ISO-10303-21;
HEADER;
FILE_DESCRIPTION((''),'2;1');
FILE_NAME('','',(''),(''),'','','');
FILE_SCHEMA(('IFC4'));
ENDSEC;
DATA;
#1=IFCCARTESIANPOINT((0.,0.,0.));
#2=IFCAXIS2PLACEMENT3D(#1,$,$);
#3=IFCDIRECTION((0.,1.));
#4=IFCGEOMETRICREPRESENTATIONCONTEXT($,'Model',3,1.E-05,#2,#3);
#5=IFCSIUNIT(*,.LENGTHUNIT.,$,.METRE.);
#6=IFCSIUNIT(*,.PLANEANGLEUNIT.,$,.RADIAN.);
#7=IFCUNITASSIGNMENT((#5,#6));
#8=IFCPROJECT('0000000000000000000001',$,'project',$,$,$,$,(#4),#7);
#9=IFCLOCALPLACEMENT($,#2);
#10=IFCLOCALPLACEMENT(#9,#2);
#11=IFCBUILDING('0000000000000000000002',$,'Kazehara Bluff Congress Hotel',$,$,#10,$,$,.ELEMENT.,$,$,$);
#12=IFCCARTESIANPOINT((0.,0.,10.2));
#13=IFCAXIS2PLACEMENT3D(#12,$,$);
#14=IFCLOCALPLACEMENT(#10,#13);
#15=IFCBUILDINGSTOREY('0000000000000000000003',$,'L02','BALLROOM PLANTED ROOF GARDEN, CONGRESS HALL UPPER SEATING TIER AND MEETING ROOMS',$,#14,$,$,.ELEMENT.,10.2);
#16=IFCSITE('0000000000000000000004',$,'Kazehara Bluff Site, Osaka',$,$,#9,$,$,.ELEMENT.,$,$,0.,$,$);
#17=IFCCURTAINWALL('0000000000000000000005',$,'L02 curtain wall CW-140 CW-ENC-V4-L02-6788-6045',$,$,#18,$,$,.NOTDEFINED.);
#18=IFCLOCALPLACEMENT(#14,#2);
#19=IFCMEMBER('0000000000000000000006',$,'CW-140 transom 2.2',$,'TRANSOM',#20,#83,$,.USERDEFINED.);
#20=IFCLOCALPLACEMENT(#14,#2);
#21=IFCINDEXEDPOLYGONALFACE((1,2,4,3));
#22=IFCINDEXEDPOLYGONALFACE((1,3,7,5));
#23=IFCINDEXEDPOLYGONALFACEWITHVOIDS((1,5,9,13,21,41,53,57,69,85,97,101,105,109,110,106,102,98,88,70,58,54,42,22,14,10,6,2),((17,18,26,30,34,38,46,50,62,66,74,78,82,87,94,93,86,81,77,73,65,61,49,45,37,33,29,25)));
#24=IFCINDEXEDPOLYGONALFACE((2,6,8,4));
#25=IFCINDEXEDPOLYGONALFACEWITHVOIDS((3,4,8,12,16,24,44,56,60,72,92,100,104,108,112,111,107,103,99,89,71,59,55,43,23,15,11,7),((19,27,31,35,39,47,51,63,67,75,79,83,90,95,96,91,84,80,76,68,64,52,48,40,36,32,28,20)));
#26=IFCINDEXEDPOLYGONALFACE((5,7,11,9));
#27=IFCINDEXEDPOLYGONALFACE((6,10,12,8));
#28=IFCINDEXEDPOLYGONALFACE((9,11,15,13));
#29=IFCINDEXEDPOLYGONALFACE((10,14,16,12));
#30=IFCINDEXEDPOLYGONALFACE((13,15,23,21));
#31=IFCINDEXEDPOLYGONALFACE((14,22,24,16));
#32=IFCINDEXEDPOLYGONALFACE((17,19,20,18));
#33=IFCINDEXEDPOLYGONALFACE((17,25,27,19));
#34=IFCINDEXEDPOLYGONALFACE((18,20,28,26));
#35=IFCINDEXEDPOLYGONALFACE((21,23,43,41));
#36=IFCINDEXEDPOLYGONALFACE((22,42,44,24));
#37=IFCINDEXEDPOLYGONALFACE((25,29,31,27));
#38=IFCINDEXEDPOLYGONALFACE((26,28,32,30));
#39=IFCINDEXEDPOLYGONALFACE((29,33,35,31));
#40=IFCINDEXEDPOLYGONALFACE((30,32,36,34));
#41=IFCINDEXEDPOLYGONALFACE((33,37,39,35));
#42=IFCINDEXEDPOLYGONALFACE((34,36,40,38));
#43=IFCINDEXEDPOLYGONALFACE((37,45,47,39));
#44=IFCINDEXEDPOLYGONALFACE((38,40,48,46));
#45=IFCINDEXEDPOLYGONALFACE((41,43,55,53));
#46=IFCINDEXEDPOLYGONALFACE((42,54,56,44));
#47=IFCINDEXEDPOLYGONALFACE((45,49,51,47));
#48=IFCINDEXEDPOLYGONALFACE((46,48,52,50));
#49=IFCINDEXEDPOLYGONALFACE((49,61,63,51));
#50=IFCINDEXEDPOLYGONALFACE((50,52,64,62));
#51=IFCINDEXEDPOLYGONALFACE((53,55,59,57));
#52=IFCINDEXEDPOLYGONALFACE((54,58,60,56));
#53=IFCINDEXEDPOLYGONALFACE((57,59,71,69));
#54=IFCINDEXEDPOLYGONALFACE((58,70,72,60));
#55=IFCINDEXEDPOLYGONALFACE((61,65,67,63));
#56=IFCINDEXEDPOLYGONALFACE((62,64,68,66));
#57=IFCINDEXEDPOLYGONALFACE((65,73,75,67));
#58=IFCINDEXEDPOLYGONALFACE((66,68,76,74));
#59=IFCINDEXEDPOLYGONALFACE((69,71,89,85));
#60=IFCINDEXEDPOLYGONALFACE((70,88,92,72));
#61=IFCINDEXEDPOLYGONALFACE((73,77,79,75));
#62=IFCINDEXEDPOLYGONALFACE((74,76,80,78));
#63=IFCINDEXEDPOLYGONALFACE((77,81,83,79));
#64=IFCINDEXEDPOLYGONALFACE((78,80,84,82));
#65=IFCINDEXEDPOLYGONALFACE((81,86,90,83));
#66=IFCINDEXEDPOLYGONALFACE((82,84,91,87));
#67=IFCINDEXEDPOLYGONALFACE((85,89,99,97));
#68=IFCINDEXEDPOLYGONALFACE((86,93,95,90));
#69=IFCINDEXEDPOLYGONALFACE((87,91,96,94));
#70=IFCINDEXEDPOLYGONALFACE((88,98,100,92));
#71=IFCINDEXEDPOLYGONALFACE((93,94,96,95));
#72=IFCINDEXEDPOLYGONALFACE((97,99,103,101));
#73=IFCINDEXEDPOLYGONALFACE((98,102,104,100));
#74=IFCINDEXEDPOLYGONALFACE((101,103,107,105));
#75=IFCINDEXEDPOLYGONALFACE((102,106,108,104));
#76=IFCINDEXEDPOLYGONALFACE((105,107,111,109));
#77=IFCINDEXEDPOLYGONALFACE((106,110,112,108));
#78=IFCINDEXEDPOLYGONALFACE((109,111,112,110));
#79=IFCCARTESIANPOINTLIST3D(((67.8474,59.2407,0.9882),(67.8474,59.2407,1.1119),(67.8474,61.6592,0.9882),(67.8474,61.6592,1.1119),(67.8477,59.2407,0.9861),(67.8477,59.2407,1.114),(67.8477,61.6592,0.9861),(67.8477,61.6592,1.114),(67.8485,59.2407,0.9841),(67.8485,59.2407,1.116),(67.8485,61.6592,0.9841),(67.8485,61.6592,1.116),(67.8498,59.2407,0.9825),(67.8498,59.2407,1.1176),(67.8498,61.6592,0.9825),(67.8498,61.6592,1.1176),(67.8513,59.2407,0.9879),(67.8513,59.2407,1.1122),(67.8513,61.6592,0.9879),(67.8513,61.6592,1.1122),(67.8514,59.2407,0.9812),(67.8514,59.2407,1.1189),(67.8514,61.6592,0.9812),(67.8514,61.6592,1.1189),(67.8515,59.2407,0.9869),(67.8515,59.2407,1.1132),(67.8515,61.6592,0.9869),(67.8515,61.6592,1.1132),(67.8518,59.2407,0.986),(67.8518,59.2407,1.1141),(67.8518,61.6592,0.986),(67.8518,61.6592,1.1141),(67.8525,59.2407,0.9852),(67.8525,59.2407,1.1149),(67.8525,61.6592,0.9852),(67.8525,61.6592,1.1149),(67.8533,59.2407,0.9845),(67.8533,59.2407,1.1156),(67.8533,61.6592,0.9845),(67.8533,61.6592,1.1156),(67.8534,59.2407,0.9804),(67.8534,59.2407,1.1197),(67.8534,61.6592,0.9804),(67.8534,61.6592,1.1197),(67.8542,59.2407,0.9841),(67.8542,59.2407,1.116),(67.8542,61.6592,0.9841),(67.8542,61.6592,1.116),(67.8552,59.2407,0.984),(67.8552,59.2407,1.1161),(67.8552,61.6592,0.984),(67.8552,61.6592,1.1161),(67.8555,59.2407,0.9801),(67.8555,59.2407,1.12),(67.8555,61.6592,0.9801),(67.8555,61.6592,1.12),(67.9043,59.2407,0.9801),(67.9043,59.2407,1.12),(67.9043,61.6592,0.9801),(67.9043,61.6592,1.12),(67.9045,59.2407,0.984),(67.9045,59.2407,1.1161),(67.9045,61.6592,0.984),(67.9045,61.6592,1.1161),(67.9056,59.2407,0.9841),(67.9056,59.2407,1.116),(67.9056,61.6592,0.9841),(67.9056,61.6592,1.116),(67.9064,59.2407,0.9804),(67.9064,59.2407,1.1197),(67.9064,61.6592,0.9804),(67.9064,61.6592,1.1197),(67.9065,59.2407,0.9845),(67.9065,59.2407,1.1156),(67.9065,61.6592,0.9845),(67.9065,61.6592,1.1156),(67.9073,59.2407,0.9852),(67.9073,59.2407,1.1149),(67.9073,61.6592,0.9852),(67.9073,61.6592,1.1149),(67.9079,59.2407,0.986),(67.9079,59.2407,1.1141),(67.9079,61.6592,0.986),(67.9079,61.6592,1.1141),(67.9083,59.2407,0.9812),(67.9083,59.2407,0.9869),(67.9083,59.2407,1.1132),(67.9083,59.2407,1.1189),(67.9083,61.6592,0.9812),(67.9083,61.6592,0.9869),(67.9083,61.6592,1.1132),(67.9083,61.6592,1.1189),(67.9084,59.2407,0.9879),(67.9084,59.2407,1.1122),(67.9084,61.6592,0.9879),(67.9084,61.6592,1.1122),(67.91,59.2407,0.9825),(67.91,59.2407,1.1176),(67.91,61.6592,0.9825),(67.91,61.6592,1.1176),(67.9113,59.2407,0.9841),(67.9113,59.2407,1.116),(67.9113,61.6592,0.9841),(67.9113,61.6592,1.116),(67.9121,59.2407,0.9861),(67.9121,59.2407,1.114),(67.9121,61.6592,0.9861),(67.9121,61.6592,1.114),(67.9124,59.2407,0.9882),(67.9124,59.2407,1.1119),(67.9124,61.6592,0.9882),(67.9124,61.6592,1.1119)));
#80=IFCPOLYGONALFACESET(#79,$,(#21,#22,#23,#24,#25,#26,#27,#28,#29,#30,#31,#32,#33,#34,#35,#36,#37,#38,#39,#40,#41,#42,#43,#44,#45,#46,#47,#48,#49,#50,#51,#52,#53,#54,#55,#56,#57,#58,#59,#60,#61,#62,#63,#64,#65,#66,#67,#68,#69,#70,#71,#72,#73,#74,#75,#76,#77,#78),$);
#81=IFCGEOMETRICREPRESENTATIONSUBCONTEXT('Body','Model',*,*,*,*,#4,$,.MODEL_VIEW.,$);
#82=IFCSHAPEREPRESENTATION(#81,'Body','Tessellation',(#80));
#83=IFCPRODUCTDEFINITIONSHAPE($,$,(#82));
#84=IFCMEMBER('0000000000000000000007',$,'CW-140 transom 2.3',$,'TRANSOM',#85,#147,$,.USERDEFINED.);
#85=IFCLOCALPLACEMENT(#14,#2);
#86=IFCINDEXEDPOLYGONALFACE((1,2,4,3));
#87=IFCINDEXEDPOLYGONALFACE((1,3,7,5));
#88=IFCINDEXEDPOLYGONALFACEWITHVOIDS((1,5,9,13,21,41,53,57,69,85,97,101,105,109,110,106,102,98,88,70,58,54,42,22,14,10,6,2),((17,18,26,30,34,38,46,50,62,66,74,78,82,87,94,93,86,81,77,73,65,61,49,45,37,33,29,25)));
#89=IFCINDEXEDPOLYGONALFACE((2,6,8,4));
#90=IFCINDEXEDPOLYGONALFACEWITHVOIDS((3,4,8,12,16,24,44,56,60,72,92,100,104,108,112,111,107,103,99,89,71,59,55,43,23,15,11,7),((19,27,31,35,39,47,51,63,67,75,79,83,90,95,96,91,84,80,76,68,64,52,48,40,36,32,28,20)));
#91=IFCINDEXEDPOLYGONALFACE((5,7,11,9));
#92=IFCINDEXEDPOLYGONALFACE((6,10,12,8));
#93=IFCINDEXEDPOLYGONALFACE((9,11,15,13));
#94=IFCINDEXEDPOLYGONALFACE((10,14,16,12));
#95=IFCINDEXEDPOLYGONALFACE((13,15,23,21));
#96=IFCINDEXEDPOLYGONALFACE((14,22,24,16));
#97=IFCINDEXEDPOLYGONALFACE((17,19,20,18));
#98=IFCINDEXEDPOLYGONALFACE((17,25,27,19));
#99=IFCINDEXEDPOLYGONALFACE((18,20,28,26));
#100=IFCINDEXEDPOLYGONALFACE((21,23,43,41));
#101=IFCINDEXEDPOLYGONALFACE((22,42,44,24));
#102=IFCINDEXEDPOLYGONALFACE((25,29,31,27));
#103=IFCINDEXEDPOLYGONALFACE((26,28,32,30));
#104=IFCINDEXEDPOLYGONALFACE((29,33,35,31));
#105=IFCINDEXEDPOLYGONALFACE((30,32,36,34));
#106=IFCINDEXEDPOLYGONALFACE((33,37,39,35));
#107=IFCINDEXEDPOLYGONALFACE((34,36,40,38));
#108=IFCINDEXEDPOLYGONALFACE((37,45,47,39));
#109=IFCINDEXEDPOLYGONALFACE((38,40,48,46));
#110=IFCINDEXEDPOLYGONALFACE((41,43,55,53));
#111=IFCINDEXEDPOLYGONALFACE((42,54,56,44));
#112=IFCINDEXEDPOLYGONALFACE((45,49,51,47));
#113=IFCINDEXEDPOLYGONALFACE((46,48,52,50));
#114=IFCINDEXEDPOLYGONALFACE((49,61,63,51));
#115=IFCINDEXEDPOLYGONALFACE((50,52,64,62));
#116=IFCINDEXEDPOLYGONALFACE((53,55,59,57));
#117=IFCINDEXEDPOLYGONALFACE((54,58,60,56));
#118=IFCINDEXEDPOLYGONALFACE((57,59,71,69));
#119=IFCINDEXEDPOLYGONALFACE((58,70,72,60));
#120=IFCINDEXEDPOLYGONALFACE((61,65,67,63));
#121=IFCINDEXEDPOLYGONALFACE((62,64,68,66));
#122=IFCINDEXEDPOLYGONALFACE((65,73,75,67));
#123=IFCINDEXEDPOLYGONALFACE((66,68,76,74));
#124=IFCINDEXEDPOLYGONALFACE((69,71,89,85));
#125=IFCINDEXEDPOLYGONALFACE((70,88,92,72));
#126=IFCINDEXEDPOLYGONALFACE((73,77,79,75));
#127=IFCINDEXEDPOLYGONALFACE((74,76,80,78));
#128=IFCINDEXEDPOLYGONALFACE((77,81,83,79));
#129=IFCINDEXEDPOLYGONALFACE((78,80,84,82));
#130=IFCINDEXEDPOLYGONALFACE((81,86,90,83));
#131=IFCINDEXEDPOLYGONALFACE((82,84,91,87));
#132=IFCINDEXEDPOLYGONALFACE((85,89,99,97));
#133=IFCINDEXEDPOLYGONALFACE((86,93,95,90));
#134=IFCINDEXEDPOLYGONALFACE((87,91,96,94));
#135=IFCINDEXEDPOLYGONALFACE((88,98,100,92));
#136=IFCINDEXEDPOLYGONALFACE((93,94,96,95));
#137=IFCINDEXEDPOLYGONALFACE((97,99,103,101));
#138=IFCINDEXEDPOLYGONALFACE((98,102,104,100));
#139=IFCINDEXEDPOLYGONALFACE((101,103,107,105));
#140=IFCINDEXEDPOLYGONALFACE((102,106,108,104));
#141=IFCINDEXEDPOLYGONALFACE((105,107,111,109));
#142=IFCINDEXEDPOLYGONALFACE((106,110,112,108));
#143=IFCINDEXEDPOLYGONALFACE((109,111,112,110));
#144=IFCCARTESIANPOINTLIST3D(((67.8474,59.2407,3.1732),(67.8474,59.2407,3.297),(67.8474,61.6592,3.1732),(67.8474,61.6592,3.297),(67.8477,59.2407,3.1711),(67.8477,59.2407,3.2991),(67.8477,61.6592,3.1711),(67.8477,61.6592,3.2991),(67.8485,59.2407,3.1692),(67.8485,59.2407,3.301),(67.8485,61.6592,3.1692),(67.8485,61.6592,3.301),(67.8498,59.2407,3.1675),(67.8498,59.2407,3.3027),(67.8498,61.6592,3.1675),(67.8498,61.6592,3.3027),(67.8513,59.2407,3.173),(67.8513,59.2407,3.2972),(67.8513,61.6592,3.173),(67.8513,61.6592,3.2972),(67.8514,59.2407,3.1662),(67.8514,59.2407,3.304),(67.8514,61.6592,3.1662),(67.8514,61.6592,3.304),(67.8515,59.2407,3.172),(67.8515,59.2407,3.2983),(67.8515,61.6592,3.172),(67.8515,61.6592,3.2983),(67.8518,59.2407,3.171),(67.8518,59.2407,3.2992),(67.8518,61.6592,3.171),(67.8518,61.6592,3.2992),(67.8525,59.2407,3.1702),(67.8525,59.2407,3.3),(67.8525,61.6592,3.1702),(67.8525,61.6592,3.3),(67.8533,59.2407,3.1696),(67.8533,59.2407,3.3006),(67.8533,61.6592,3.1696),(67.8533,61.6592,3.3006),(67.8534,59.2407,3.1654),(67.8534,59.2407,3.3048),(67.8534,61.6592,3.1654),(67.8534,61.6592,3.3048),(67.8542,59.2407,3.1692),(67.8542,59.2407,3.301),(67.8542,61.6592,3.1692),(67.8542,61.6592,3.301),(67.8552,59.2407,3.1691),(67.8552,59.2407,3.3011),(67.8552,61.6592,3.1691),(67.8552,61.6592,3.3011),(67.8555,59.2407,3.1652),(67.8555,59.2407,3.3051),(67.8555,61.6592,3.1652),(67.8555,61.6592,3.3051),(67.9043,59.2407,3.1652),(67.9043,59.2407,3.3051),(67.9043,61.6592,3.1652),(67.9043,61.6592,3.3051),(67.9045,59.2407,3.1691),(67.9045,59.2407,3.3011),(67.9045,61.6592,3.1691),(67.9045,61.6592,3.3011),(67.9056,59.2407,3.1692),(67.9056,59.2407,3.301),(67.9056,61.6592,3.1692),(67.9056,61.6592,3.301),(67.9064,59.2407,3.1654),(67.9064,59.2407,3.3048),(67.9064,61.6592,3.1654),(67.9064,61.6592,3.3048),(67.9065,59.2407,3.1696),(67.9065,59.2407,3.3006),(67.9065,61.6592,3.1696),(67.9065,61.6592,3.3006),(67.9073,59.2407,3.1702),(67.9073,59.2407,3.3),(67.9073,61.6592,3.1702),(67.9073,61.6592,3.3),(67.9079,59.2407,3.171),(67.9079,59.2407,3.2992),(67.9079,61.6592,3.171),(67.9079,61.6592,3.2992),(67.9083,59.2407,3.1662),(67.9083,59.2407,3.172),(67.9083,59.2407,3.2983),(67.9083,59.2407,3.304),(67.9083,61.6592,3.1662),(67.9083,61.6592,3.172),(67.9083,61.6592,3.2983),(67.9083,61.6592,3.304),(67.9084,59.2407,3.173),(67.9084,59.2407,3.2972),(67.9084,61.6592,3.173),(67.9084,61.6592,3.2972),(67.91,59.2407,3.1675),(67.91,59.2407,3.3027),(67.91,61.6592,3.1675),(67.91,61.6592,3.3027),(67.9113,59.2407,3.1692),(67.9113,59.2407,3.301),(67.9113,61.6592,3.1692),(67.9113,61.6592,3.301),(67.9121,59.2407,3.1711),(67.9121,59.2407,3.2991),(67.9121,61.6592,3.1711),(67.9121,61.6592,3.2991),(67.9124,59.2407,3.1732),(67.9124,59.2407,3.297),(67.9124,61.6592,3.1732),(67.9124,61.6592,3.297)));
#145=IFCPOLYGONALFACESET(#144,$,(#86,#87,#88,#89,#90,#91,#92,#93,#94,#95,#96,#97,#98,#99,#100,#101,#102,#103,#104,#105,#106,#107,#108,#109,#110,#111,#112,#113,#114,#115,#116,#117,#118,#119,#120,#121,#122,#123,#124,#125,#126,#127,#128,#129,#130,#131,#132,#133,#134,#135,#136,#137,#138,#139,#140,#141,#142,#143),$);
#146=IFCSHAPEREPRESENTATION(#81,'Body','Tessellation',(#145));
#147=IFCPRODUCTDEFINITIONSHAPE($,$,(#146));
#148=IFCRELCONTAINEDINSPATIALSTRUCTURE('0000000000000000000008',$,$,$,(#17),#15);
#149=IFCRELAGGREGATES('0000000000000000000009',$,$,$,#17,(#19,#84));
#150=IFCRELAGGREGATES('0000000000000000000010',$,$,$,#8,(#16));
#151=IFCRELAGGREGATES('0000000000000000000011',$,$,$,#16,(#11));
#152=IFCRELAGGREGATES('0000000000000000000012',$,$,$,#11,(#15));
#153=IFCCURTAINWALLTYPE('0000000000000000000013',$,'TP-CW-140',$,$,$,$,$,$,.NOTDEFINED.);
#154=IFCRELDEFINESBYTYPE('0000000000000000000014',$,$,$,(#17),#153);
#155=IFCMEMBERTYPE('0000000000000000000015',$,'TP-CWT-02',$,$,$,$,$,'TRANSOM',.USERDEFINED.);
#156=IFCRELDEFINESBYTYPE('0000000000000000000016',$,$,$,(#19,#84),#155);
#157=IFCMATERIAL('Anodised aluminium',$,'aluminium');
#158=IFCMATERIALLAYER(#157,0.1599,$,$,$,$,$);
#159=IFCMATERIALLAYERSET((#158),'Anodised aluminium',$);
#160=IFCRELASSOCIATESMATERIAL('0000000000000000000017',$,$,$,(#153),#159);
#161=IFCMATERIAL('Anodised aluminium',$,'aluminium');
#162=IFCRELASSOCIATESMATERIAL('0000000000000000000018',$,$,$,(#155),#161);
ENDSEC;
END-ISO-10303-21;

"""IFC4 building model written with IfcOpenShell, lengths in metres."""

from ifc_helpers import new_model, si_unit, direction, frame, origin, origin_2d, place, context, subcontext, project, spatial, hollow_rectangle, extrude, material, layer, layer_set, material_profile, profile_set, type_object, element, aggregate, save


model = new_model("IFC4")

# Units and contexts
model_context = context("Model", 3, precision=1e-05, world=origin(), true_north=direction((0.0, 1.0)))
body_context = subcontext(model_context, "Body", "Model", "MODEL_VIEW")
ifc_project = project(units=[si_unit("LENGTHUNIT", "METRE"), si_unit("PLANEANGLEUNIT", "RADIAN")], contexts=[model_context])

# Site, building, storey
site_placement = place(None, origin())
site = spatial("IfcSite", under=ifc_project, at=site_placement, Name="Kazehara Bluff Site, Osaka", CompositionType="ELEMENT", RefElevation=0.0)
building_placement = place(site_placement, origin())
building = spatial("IfcBuilding", under=site, at=building_placement, Name="Kazehara Bluff Congress Hotel", CompositionType="ELEMENT")
storey_placement = place(building_placement, frame((0.0, 0.0, 10.2)))
storey = spatial("IfcBuildingStorey", under=building, at=storey_placement, Name="L02", Description="BALLROOM PLANTED ROOF GARDEN, CONGRESS HALL UPPER SEATING TIER AND MEETING ROOMS", CompositionType="ELEMENT", Elevation=10.2)

# Curtain wall, members
ifc_material_1 = material(Name="Anodised aluminium", Category="aluminium")
ifc_layer_1 = layer(ifc_material_1, 0.1599)
ifc_layer_set_1 = layer_set([ifc_layer_1], Name="Anodised aluminium")
curtain_wall_type = type_object("IfcCurtainWallType", Name="TP-CW-140", PredefinedType="NOTDEFINED", material=ifc_layer_set_1)
curtain_wall_placement = place(storey_placement, origin())
curtain_wall = element("IfcCurtainWall", 1, at=curtain_wall_placement, inside=storey, type_object=curtain_wall_type, Name="L02 curtain wall CW-140 CW-ENC-V4-L02-6788-6045", PredefinedType="NOTDEFINED")
ifc_material_2 = material(Name="Anodised aluminium", Category="aluminium")
ifc_material_profile_1 = material_profile(ifc_material_2, hollow_rectangle(XDim=0.0649, YDim=0.1399, WallThickness=0.0039, InnerFilletRadius=0.0039, OuterFilletRadius=0.0081, at=origin_2d()))
ifc_profile_set_1 = profile_set([ifc_material_profile_1], Name="Anodised aluminium")
member_type_1 = type_object("IfcMemberType", Name="TP-CWT-02", ElementType="TRANSOM", PredefinedType="USERDEFINED", material=ifc_profile_set_1)
member_1_placement = place(storey_placement, frame((67.8799, 61.6592, 1.05), z_axis=(0.0, -1.0, 0.0), x_axis=(1.0, 0.0, 0.0)))
member_1 = element("IfcMember", 2, at=member_1_placement, type_object=member_type_1, Name="CW-140 transom 2.2", ObjectType="TRANSOM", PredefinedType="USERDEFINED", context=body_context, shape_type="SweptSolid", body=[
    extrude(hollow_rectangle(XDim=0.0649, YDim=0.1399, WallThickness=0.0039, InnerFilletRadius=0.0039, OuterFilletRadius=0.0081, at=origin_2d()), origin(), (0.0, 0.0, 1.0), 2.4185),
])
member_2_placement = place(storey_placement, frame((67.8799, 61.6592, 3.2351), z_axis=(0.0, -1.0, 0.0), x_axis=(1.0, 0.0, 0.0)))
member_2 = element("IfcMember", 3, at=member_2_placement, type_object=member_type_1, Name="CW-140 transom 2.3", ObjectType="TRANSOM", PredefinedType="USERDEFINED", context=body_context, shape_type="SweptSolid", body=[
    extrude(hollow_rectangle(XDim=0.0649, YDim=0.1399, WallThickness=0.0039, InnerFilletRadius=0.0039, OuterFilletRadius=0.0081, at=origin_2d()), origin(), (0.0, 0.0, 1.0), 2.4185),
])

aggregate(curtain_wall, [member_1, member_2])

save(model, "model.ifc")
